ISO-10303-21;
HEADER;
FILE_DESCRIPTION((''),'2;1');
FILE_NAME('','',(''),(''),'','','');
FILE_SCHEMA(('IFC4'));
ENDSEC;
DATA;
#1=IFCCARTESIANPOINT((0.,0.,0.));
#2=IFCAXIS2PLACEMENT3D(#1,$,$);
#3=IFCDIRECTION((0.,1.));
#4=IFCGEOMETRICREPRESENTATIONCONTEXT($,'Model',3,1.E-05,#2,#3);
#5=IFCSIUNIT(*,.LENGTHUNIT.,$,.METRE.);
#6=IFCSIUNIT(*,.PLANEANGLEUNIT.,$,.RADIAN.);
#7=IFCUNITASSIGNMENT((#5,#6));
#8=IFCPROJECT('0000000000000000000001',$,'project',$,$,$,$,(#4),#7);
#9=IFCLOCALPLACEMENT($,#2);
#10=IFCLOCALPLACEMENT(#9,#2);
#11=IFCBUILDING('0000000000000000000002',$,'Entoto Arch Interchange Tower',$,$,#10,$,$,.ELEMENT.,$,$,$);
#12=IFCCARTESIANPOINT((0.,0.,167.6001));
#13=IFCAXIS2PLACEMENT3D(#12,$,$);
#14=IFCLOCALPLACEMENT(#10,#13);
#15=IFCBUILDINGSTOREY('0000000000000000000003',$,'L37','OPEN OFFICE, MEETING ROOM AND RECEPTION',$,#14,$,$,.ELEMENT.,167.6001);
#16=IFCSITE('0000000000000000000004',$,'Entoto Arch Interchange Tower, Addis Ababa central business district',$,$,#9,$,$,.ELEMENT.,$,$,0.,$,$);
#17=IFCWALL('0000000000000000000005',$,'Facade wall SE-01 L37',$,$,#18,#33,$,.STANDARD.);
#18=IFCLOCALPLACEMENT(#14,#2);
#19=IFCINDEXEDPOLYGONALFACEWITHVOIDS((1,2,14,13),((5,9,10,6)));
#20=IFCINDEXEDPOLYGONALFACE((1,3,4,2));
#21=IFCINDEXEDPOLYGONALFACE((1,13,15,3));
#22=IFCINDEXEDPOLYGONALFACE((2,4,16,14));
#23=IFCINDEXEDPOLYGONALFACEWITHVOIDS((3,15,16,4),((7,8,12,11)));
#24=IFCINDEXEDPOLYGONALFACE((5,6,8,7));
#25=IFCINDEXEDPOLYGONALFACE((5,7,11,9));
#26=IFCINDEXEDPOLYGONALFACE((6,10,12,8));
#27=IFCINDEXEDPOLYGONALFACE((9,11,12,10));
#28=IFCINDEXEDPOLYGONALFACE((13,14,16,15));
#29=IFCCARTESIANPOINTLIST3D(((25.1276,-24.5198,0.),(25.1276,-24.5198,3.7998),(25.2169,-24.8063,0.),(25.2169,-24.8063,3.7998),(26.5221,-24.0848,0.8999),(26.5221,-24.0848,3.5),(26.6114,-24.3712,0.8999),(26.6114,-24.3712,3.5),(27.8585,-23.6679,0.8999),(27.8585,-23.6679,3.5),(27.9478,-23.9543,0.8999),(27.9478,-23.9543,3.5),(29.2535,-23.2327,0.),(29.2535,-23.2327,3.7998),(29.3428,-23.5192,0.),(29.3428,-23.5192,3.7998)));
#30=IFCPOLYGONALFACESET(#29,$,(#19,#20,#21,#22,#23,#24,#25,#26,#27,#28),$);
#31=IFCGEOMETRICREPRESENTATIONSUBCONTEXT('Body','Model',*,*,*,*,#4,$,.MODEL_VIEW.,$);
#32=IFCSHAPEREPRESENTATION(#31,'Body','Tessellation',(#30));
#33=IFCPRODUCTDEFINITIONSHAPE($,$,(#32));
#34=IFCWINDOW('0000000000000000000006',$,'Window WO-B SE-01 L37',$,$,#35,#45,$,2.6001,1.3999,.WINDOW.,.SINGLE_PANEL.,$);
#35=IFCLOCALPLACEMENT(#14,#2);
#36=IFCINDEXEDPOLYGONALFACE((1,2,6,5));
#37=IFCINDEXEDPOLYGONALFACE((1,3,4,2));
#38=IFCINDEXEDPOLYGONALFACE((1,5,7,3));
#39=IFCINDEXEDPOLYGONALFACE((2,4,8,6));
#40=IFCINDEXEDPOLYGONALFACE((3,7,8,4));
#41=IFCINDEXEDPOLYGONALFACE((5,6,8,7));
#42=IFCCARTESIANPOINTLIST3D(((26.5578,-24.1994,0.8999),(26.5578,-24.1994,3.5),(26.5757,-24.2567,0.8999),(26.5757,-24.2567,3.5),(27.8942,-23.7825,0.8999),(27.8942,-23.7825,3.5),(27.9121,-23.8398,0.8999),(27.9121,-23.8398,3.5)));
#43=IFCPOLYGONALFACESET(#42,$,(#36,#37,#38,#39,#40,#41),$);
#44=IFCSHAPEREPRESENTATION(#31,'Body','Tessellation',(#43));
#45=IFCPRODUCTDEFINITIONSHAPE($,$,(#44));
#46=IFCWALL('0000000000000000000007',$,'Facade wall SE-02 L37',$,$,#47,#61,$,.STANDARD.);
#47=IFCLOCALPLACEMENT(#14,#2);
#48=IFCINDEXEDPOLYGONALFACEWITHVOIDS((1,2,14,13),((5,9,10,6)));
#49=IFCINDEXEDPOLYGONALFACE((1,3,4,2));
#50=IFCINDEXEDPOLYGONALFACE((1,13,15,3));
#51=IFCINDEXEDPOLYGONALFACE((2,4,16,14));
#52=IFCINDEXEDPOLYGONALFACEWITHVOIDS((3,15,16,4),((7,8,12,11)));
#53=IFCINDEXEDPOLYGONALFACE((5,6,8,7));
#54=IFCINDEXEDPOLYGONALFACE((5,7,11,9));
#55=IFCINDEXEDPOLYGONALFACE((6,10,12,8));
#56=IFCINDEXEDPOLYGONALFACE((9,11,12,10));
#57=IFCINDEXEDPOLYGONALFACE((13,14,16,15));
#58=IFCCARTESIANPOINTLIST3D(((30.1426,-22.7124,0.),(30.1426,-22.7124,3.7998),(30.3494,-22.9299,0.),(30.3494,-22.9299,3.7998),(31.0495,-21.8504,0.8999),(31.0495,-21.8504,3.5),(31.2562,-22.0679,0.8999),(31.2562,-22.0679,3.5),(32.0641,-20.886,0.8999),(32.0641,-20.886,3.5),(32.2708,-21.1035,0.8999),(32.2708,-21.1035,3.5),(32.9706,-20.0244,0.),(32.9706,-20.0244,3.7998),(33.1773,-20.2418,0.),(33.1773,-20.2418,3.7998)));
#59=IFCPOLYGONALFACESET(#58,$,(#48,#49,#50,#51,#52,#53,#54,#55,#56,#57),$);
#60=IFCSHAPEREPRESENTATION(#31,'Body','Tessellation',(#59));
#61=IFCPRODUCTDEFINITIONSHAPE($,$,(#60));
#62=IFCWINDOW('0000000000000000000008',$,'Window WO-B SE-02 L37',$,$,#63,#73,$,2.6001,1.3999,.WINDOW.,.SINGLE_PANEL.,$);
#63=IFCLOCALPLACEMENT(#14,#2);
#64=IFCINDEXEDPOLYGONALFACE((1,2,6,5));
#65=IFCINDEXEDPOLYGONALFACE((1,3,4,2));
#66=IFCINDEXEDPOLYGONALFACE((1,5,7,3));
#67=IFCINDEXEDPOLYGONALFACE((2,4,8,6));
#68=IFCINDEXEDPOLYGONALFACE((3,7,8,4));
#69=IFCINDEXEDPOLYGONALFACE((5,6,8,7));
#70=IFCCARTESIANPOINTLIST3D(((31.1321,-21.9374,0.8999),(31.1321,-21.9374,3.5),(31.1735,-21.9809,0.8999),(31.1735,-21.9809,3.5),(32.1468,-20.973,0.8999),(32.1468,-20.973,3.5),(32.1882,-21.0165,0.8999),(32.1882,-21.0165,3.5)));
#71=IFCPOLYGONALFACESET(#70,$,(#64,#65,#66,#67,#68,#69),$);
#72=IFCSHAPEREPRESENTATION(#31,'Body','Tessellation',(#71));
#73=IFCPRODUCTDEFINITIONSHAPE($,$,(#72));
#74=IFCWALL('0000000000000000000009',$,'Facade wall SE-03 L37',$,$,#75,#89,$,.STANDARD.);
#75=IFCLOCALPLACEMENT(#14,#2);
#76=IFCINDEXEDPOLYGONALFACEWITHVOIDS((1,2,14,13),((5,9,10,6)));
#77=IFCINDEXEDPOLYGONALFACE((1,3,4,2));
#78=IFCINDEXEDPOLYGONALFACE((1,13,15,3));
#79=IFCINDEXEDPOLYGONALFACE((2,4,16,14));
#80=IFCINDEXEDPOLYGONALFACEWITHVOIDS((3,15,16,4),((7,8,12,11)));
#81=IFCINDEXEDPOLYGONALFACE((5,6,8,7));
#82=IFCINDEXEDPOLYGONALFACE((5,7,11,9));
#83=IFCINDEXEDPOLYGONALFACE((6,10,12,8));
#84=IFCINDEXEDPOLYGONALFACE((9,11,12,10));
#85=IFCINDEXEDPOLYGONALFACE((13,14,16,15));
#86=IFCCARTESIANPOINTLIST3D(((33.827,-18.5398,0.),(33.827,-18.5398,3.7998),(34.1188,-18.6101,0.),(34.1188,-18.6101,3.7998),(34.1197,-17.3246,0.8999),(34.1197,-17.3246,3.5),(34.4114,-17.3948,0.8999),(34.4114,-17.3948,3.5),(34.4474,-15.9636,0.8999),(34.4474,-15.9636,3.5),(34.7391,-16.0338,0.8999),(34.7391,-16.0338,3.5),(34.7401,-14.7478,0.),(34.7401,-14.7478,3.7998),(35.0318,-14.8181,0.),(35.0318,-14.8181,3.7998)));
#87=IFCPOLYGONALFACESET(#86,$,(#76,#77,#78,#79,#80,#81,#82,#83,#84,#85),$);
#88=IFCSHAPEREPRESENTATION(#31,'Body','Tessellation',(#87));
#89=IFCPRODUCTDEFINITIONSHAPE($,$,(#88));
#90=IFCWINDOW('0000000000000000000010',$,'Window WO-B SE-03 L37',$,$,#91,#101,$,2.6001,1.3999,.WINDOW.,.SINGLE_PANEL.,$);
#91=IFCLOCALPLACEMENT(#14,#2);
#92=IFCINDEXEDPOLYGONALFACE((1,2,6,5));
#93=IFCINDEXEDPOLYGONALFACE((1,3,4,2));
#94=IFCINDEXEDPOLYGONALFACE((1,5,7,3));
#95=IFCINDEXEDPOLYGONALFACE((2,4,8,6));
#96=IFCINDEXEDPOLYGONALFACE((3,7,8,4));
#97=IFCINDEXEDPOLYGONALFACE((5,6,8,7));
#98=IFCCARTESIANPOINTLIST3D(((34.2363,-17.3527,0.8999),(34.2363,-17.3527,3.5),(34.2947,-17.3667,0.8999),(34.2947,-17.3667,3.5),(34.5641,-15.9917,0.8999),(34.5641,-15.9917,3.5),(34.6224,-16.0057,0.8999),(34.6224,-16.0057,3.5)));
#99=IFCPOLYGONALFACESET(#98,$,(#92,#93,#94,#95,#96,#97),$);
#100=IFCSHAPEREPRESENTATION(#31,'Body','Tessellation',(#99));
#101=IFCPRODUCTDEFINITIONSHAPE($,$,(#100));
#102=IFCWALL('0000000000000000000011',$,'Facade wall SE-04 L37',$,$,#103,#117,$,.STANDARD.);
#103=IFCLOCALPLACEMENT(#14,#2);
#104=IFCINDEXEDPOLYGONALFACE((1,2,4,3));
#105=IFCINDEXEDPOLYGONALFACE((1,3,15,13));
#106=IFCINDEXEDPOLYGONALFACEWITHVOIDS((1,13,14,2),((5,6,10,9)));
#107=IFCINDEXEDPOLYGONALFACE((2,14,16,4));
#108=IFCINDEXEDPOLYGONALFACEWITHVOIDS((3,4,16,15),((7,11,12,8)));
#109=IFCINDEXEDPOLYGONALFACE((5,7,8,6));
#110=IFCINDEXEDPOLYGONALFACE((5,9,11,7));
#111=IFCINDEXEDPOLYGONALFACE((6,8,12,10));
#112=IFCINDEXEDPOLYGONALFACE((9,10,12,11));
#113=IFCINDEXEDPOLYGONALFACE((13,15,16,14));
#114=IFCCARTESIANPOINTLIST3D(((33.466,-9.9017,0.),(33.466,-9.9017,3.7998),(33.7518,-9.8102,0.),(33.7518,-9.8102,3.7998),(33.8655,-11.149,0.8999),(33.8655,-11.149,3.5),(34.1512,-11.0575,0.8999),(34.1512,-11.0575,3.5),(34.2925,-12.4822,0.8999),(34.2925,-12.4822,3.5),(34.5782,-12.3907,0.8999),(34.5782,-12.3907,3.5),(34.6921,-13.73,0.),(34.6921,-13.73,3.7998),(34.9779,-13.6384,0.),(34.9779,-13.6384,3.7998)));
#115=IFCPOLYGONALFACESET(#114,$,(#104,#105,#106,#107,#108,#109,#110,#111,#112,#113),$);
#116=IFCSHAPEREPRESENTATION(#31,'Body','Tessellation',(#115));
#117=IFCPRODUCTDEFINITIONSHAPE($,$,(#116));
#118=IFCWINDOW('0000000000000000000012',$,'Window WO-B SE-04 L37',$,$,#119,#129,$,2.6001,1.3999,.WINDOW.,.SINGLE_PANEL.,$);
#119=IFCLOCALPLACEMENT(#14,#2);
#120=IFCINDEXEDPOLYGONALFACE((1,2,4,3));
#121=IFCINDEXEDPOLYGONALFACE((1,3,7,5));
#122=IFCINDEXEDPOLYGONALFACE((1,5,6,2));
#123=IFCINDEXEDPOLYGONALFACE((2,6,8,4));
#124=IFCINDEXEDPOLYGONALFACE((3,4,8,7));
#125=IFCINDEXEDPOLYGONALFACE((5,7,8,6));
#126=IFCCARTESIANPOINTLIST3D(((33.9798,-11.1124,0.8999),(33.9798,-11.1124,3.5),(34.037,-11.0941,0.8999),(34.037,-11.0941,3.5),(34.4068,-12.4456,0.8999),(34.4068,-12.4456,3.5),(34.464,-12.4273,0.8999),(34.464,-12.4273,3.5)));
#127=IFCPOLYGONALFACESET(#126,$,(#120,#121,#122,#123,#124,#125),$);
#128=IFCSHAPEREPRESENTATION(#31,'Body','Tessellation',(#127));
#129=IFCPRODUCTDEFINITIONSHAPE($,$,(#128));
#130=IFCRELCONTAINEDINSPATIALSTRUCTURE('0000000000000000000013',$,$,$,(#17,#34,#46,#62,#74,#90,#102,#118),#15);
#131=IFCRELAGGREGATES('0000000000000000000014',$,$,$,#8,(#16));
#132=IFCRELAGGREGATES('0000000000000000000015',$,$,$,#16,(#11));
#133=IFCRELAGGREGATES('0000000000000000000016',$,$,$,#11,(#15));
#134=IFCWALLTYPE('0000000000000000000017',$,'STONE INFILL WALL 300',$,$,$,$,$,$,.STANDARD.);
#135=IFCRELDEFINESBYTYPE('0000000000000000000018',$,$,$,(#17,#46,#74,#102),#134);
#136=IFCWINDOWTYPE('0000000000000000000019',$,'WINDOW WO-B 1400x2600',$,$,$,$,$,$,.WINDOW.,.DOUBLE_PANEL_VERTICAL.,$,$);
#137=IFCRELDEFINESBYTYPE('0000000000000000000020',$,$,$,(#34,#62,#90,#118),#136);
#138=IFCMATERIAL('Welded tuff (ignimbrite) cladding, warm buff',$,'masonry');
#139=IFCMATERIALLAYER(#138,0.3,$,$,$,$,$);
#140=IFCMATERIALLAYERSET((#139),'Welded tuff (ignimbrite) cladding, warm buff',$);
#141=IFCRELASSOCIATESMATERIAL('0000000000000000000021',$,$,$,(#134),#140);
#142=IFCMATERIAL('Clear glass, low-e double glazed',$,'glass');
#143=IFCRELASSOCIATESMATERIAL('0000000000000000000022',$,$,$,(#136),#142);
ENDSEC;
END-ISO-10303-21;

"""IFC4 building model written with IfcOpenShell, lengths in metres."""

from ifc_helpers import new_model, si_unit, direction, frame, frame_2d, origin, place, context, subcontext, project, spatial, rectangle, extrude, material, layer, layer_set, type_object, element, fill, save


model = new_model("IFC4")

# Units and contexts
model_context = context("Model", 3, precision=1e-05, world=origin(), true_north=direction((0.0, 1.0)))
body_context = subcontext(model_context, "Body", "Model", "MODEL_VIEW")
ifc_project = project(units=[si_unit("LENGTHUNIT", "METRE"), si_unit("PLANEANGLEUNIT", "RADIAN")], contexts=[model_context])

# Site, building, storey
site_placement = place(None, origin())
site = spatial("IfcSite", under=ifc_project, at=site_placement, Name="Entoto Arch Interchange Tower, Addis Ababa central business district", CompositionType="ELEMENT", RefElevation=0.0)
building_placement = place(site_placement, origin())
building = spatial("IfcBuilding", under=site, at=building_placement, Name="Entoto Arch Interchange Tower", CompositionType="ELEMENT")
storey_placement = place(building_placement, frame((0.0, 0.0, 167.6001)))
storey = spatial("IfcBuildingStorey", under=building, at=storey_placement, Name="L37", Description="OPEN OFFICE, MEETING ROOM AND RECEPTION", CompositionType="ELEMENT", Elevation=167.6001)

# Walls, openings, windows
ifc_material_1 = material(Name="Welded tuff (ignimbrite) cladding, warm buff", Category="masonry")
ifc_layer_1 = layer(ifc_material_1, 0.3)
ifc_layer_set_1 = layer_set([ifc_layer_1], Name="Welded tuff (ignimbrite) cladding, warm buff")
wall_type_1 = type_object("IfcWallType", Name="STONE INFILL WALL 300", PredefinedType="STANDARD", material=ifc_layer_set_1)
wall_1_placement = place(storey_placement, frame((25.1721, -24.6631, 0.0), z_axis=(0.0, 0.0, 1.0), x_axis=(0.954629, 0.297799, 0.0)))
wall_1 = element("IfcWall", 1, at=wall_1_placement, inside=storey, type_object=wall_type_1, Name="Facade wall SE-01 L37", PredefinedType="STANDARD", context=body_context, shape_type="SweptSolid", body=[
    extrude(rectangle(XDim=4.322, YDim=0.3, at=frame_2d((2.1611, 0.0))), origin(), (0.0, 0.0, 1.0), 3.7998),
])
opening_1_placement = place(wall_1_placement, frame((1.4609, 0.0, 0.8999)))
opening_1 = element("IfcOpeningElement", 2, at=opening_1_placement, cuts=wall_1, PredefinedType="OPENING", context=body_context, shape_type="SweptSolid", body=[
    extrude(rectangle(XDim=1.3999, YDim=2.6001, at=frame_2d((0.7, 1.3))), frame((0.0, 0.1602, 0.0), z_axis=(0.0, -1.0, 0.0), x_axis=(1.0, 0.0, 0.0)), (0.0, 0.0, 1.0), 0.3201),
])
ifc_material_2 = material(Name="Clear glass, low-e double glazed", Category="glass")
window_type_1 = type_object("IfcWindowType", Name="WINDOW WO-B 1400x2600", PartitioningType="DOUBLE_PANEL_VERTICAL", PredefinedType="WINDOW", material=ifc_material_2)
window_1_placement = place(opening_1_placement, origin())
window_1 = element("IfcWindow", 3, at=window_1_placement, inside=storey, type_object=window_type_1, Name="Window WO-B SE-01 L37", OverallHeight=2.6001, OverallWidth=1.3999, PartitioningType="SINGLE_PANEL", PredefinedType="WINDOW", context=body_context, shape_type="SweptSolid", body=[
    extrude(rectangle(XDim=1.3999, YDim=2.6001, at=frame_2d((0.7, 1.3))), frame((0.0, 0.03, 0.0), z_axis=(0.0, -1.0, 0.0), x_axis=(1.0, 0.0, 0.0)), (0.0, 0.0, 1.0), 0.0601),
])
fill(opening_1, window_1)
wall_2_placement = place(storey_placement, frame((30.2461, -22.821, 0.0), z_axis=(0.0, 0.0, 1.0), x_axis=(0.724807, 0.688952, 0.0)))
wall_2 = element("IfcWall", 4, at=wall_2_placement, inside=storey, type_object=wall_type_1, Name="Facade wall SE-02 L37", PredefinedType="STANDARD", context=body_context, shape_type="SweptSolid", body=[
    extrude(rectangle(XDim=3.9016, YDim=0.3, at=frame_2d((1.9507, 0.0))), origin(), (0.0, 0.0, 1.0), 3.7998),
])
opening_2_placement = place(wall_2_placement, frame((1.251, 0.0, 0.8999)))
opening_2 = element("IfcOpeningElement", 5, at=opening_2_placement, cuts=wall_2, PredefinedType="OPENING", context=body_context, shape_type="SweptSolid", body=[
    extrude(rectangle(XDim=1.3999, YDim=2.6001, at=frame_2d((0.7, 1.3))), frame((0.0, 0.1602, 0.0), z_axis=(0.0, -1.0, 0.0), x_axis=(1.0, 0.0, 0.0)), (0.0, 0.0, 1.0), 0.3201),
])
window_2_placement = place(opening_2_placement, origin())
window_2 = element("IfcWindow", 6, at=window_2_placement, inside=storey, type_object=window_type_1, Name="Window WO-B SE-02 L37", OverallHeight=2.6001, OverallWidth=1.3999, PartitioningType="SINGLE_PANEL", PredefinedType="WINDOW", context=body_context, shape_type="SweptSolid", body=[
    extrude(rectangle(XDim=1.3999, YDim=2.6001, at=frame_2d((0.7, 1.3))), frame((0.0, 0.03, 0.0), z_axis=(0.0, -1.0, 0.0), x_axis=(1.0, 0.0, 0.0)), (0.0, 0.0, 1.0), 0.0601),
])
fill(opening_2, window_2)
wall_3_placement = place(storey_placement, frame((33.9729, -18.575, 0.0), z_axis=(0.0, 0.0, 1.0), x_axis=(0.234102, 0.972212, 0.0)))
wall_3 = element("IfcWall", 7, at=wall_3_placement, inside=storey, type_object=wall_type_1, Name="Facade wall SE-03 L37", PredefinedType="STANDARD", context=body_context, shape_type="SweptSolid", body=[
    extrude(rectangle(XDim=3.9004, YDim=0.3, at=frame_2d((1.9502, 0.0))), origin(), (0.0, 0.0, 1.0), 3.7998),
])
opening_3_placement = place(wall_3_placement, frame((1.25, 0.0, 0.8999)))
opening_3 = element("IfcOpeningElement", 8, at=opening_3_placement, cuts=wall_3, PredefinedType="OPENING", context=body_context, shape_type="SweptSolid", body=[
    extrude(rectangle(XDim=1.3999, YDim=2.6001, at=frame_2d((0.7, 1.3))), frame((0.0, 0.1602, 0.0), z_axis=(0.0, -1.0, 0.0), x_axis=(1.0, 0.0, 0.0)), (0.0, 0.0, 1.0), 0.3201),
])
window_3_placement = place(opening_3_placement, origin())
window_3 = element("IfcWindow", 9, at=window_3_placement, inside=storey, type_object=window_type_1, Name="Window WO-B SE-03 L37", OverallHeight=2.6001, OverallWidth=1.3999, PartitioningType="SINGLE_PANEL", PredefinedType="WINDOW", context=body_context, shape_type="SweptSolid", body=[
    extrude(rectangle(XDim=1.3999, YDim=2.6001, at=frame_2d((0.7, 1.3))), frame((0.0, 0.03, 0.0), z_axis=(0.0, -1.0, 0.0), x_axis=(1.0, 0.0, 0.0)), (0.0, 0.0, 1.0), 0.0601),
])
fill(opening_3, window_3)
wall_4_placement = place(storey_placement, frame((34.835, -13.6841, 0.0), z_axis=(0.0, 0.0, 1.0), x_axis=(-0.305018, 0.952347, 0.0)))
wall_4 = element("IfcWall", 10, at=wall_4_placement, inside=storey, type_object=wall_type_1, Name="Facade wall SE-04 L37", PredefinedType="STANDARD", context=body_context, shape_type="SweptSolid", body=[
    extrude(rectangle(XDim=4.0198, YDim=0.3, at=frame_2d((2.0098, 0.0))), origin(), (0.0, 0.0, 1.0), 3.7998),
])
opening_4_placement = place(wall_4_placement, frame((1.3101, 0.0, 0.8999)))
opening_4 = element("IfcOpeningElement", 11, at=opening_4_placement, cuts=wall_4, PredefinedType="OPENING", context=body_context, shape_type="SweptSolid", body=[
    extrude(rectangle(XDim=1.3999, YDim=2.6001, at=frame_2d((0.7, 1.3))), frame((0.0, 0.1602, 0.0), z_axis=(0.0, -1.0, 0.0), x_axis=(1.0, 0.0, 0.0)), (0.0, 0.0, 1.0), 0.3201),
])
window_4_placement = place(opening_4_placement, origin())
window_4 = element("IfcWindow", 12, at=window_4_placement, inside=storey, type_object=window_type_1, Name="Window WO-B SE-04 L37", OverallHeight=2.6001, OverallWidth=1.3999, PartitioningType="SINGLE_PANEL", PredefinedType="WINDOW", context=body_context, shape_type="SweptSolid", body=[
    extrude(rectangle(XDim=1.3999, YDim=2.6001, at=frame_2d((0.7, 1.3))), frame((0.0, 0.03, 0.0), z_axis=(0.0, -1.0, 0.0), x_axis=(1.0, 0.0, 0.0)), (0.0, 0.0, 1.0), 0.0601),
])
fill(opening_4, window_4)

save(model, "model.ifc")
